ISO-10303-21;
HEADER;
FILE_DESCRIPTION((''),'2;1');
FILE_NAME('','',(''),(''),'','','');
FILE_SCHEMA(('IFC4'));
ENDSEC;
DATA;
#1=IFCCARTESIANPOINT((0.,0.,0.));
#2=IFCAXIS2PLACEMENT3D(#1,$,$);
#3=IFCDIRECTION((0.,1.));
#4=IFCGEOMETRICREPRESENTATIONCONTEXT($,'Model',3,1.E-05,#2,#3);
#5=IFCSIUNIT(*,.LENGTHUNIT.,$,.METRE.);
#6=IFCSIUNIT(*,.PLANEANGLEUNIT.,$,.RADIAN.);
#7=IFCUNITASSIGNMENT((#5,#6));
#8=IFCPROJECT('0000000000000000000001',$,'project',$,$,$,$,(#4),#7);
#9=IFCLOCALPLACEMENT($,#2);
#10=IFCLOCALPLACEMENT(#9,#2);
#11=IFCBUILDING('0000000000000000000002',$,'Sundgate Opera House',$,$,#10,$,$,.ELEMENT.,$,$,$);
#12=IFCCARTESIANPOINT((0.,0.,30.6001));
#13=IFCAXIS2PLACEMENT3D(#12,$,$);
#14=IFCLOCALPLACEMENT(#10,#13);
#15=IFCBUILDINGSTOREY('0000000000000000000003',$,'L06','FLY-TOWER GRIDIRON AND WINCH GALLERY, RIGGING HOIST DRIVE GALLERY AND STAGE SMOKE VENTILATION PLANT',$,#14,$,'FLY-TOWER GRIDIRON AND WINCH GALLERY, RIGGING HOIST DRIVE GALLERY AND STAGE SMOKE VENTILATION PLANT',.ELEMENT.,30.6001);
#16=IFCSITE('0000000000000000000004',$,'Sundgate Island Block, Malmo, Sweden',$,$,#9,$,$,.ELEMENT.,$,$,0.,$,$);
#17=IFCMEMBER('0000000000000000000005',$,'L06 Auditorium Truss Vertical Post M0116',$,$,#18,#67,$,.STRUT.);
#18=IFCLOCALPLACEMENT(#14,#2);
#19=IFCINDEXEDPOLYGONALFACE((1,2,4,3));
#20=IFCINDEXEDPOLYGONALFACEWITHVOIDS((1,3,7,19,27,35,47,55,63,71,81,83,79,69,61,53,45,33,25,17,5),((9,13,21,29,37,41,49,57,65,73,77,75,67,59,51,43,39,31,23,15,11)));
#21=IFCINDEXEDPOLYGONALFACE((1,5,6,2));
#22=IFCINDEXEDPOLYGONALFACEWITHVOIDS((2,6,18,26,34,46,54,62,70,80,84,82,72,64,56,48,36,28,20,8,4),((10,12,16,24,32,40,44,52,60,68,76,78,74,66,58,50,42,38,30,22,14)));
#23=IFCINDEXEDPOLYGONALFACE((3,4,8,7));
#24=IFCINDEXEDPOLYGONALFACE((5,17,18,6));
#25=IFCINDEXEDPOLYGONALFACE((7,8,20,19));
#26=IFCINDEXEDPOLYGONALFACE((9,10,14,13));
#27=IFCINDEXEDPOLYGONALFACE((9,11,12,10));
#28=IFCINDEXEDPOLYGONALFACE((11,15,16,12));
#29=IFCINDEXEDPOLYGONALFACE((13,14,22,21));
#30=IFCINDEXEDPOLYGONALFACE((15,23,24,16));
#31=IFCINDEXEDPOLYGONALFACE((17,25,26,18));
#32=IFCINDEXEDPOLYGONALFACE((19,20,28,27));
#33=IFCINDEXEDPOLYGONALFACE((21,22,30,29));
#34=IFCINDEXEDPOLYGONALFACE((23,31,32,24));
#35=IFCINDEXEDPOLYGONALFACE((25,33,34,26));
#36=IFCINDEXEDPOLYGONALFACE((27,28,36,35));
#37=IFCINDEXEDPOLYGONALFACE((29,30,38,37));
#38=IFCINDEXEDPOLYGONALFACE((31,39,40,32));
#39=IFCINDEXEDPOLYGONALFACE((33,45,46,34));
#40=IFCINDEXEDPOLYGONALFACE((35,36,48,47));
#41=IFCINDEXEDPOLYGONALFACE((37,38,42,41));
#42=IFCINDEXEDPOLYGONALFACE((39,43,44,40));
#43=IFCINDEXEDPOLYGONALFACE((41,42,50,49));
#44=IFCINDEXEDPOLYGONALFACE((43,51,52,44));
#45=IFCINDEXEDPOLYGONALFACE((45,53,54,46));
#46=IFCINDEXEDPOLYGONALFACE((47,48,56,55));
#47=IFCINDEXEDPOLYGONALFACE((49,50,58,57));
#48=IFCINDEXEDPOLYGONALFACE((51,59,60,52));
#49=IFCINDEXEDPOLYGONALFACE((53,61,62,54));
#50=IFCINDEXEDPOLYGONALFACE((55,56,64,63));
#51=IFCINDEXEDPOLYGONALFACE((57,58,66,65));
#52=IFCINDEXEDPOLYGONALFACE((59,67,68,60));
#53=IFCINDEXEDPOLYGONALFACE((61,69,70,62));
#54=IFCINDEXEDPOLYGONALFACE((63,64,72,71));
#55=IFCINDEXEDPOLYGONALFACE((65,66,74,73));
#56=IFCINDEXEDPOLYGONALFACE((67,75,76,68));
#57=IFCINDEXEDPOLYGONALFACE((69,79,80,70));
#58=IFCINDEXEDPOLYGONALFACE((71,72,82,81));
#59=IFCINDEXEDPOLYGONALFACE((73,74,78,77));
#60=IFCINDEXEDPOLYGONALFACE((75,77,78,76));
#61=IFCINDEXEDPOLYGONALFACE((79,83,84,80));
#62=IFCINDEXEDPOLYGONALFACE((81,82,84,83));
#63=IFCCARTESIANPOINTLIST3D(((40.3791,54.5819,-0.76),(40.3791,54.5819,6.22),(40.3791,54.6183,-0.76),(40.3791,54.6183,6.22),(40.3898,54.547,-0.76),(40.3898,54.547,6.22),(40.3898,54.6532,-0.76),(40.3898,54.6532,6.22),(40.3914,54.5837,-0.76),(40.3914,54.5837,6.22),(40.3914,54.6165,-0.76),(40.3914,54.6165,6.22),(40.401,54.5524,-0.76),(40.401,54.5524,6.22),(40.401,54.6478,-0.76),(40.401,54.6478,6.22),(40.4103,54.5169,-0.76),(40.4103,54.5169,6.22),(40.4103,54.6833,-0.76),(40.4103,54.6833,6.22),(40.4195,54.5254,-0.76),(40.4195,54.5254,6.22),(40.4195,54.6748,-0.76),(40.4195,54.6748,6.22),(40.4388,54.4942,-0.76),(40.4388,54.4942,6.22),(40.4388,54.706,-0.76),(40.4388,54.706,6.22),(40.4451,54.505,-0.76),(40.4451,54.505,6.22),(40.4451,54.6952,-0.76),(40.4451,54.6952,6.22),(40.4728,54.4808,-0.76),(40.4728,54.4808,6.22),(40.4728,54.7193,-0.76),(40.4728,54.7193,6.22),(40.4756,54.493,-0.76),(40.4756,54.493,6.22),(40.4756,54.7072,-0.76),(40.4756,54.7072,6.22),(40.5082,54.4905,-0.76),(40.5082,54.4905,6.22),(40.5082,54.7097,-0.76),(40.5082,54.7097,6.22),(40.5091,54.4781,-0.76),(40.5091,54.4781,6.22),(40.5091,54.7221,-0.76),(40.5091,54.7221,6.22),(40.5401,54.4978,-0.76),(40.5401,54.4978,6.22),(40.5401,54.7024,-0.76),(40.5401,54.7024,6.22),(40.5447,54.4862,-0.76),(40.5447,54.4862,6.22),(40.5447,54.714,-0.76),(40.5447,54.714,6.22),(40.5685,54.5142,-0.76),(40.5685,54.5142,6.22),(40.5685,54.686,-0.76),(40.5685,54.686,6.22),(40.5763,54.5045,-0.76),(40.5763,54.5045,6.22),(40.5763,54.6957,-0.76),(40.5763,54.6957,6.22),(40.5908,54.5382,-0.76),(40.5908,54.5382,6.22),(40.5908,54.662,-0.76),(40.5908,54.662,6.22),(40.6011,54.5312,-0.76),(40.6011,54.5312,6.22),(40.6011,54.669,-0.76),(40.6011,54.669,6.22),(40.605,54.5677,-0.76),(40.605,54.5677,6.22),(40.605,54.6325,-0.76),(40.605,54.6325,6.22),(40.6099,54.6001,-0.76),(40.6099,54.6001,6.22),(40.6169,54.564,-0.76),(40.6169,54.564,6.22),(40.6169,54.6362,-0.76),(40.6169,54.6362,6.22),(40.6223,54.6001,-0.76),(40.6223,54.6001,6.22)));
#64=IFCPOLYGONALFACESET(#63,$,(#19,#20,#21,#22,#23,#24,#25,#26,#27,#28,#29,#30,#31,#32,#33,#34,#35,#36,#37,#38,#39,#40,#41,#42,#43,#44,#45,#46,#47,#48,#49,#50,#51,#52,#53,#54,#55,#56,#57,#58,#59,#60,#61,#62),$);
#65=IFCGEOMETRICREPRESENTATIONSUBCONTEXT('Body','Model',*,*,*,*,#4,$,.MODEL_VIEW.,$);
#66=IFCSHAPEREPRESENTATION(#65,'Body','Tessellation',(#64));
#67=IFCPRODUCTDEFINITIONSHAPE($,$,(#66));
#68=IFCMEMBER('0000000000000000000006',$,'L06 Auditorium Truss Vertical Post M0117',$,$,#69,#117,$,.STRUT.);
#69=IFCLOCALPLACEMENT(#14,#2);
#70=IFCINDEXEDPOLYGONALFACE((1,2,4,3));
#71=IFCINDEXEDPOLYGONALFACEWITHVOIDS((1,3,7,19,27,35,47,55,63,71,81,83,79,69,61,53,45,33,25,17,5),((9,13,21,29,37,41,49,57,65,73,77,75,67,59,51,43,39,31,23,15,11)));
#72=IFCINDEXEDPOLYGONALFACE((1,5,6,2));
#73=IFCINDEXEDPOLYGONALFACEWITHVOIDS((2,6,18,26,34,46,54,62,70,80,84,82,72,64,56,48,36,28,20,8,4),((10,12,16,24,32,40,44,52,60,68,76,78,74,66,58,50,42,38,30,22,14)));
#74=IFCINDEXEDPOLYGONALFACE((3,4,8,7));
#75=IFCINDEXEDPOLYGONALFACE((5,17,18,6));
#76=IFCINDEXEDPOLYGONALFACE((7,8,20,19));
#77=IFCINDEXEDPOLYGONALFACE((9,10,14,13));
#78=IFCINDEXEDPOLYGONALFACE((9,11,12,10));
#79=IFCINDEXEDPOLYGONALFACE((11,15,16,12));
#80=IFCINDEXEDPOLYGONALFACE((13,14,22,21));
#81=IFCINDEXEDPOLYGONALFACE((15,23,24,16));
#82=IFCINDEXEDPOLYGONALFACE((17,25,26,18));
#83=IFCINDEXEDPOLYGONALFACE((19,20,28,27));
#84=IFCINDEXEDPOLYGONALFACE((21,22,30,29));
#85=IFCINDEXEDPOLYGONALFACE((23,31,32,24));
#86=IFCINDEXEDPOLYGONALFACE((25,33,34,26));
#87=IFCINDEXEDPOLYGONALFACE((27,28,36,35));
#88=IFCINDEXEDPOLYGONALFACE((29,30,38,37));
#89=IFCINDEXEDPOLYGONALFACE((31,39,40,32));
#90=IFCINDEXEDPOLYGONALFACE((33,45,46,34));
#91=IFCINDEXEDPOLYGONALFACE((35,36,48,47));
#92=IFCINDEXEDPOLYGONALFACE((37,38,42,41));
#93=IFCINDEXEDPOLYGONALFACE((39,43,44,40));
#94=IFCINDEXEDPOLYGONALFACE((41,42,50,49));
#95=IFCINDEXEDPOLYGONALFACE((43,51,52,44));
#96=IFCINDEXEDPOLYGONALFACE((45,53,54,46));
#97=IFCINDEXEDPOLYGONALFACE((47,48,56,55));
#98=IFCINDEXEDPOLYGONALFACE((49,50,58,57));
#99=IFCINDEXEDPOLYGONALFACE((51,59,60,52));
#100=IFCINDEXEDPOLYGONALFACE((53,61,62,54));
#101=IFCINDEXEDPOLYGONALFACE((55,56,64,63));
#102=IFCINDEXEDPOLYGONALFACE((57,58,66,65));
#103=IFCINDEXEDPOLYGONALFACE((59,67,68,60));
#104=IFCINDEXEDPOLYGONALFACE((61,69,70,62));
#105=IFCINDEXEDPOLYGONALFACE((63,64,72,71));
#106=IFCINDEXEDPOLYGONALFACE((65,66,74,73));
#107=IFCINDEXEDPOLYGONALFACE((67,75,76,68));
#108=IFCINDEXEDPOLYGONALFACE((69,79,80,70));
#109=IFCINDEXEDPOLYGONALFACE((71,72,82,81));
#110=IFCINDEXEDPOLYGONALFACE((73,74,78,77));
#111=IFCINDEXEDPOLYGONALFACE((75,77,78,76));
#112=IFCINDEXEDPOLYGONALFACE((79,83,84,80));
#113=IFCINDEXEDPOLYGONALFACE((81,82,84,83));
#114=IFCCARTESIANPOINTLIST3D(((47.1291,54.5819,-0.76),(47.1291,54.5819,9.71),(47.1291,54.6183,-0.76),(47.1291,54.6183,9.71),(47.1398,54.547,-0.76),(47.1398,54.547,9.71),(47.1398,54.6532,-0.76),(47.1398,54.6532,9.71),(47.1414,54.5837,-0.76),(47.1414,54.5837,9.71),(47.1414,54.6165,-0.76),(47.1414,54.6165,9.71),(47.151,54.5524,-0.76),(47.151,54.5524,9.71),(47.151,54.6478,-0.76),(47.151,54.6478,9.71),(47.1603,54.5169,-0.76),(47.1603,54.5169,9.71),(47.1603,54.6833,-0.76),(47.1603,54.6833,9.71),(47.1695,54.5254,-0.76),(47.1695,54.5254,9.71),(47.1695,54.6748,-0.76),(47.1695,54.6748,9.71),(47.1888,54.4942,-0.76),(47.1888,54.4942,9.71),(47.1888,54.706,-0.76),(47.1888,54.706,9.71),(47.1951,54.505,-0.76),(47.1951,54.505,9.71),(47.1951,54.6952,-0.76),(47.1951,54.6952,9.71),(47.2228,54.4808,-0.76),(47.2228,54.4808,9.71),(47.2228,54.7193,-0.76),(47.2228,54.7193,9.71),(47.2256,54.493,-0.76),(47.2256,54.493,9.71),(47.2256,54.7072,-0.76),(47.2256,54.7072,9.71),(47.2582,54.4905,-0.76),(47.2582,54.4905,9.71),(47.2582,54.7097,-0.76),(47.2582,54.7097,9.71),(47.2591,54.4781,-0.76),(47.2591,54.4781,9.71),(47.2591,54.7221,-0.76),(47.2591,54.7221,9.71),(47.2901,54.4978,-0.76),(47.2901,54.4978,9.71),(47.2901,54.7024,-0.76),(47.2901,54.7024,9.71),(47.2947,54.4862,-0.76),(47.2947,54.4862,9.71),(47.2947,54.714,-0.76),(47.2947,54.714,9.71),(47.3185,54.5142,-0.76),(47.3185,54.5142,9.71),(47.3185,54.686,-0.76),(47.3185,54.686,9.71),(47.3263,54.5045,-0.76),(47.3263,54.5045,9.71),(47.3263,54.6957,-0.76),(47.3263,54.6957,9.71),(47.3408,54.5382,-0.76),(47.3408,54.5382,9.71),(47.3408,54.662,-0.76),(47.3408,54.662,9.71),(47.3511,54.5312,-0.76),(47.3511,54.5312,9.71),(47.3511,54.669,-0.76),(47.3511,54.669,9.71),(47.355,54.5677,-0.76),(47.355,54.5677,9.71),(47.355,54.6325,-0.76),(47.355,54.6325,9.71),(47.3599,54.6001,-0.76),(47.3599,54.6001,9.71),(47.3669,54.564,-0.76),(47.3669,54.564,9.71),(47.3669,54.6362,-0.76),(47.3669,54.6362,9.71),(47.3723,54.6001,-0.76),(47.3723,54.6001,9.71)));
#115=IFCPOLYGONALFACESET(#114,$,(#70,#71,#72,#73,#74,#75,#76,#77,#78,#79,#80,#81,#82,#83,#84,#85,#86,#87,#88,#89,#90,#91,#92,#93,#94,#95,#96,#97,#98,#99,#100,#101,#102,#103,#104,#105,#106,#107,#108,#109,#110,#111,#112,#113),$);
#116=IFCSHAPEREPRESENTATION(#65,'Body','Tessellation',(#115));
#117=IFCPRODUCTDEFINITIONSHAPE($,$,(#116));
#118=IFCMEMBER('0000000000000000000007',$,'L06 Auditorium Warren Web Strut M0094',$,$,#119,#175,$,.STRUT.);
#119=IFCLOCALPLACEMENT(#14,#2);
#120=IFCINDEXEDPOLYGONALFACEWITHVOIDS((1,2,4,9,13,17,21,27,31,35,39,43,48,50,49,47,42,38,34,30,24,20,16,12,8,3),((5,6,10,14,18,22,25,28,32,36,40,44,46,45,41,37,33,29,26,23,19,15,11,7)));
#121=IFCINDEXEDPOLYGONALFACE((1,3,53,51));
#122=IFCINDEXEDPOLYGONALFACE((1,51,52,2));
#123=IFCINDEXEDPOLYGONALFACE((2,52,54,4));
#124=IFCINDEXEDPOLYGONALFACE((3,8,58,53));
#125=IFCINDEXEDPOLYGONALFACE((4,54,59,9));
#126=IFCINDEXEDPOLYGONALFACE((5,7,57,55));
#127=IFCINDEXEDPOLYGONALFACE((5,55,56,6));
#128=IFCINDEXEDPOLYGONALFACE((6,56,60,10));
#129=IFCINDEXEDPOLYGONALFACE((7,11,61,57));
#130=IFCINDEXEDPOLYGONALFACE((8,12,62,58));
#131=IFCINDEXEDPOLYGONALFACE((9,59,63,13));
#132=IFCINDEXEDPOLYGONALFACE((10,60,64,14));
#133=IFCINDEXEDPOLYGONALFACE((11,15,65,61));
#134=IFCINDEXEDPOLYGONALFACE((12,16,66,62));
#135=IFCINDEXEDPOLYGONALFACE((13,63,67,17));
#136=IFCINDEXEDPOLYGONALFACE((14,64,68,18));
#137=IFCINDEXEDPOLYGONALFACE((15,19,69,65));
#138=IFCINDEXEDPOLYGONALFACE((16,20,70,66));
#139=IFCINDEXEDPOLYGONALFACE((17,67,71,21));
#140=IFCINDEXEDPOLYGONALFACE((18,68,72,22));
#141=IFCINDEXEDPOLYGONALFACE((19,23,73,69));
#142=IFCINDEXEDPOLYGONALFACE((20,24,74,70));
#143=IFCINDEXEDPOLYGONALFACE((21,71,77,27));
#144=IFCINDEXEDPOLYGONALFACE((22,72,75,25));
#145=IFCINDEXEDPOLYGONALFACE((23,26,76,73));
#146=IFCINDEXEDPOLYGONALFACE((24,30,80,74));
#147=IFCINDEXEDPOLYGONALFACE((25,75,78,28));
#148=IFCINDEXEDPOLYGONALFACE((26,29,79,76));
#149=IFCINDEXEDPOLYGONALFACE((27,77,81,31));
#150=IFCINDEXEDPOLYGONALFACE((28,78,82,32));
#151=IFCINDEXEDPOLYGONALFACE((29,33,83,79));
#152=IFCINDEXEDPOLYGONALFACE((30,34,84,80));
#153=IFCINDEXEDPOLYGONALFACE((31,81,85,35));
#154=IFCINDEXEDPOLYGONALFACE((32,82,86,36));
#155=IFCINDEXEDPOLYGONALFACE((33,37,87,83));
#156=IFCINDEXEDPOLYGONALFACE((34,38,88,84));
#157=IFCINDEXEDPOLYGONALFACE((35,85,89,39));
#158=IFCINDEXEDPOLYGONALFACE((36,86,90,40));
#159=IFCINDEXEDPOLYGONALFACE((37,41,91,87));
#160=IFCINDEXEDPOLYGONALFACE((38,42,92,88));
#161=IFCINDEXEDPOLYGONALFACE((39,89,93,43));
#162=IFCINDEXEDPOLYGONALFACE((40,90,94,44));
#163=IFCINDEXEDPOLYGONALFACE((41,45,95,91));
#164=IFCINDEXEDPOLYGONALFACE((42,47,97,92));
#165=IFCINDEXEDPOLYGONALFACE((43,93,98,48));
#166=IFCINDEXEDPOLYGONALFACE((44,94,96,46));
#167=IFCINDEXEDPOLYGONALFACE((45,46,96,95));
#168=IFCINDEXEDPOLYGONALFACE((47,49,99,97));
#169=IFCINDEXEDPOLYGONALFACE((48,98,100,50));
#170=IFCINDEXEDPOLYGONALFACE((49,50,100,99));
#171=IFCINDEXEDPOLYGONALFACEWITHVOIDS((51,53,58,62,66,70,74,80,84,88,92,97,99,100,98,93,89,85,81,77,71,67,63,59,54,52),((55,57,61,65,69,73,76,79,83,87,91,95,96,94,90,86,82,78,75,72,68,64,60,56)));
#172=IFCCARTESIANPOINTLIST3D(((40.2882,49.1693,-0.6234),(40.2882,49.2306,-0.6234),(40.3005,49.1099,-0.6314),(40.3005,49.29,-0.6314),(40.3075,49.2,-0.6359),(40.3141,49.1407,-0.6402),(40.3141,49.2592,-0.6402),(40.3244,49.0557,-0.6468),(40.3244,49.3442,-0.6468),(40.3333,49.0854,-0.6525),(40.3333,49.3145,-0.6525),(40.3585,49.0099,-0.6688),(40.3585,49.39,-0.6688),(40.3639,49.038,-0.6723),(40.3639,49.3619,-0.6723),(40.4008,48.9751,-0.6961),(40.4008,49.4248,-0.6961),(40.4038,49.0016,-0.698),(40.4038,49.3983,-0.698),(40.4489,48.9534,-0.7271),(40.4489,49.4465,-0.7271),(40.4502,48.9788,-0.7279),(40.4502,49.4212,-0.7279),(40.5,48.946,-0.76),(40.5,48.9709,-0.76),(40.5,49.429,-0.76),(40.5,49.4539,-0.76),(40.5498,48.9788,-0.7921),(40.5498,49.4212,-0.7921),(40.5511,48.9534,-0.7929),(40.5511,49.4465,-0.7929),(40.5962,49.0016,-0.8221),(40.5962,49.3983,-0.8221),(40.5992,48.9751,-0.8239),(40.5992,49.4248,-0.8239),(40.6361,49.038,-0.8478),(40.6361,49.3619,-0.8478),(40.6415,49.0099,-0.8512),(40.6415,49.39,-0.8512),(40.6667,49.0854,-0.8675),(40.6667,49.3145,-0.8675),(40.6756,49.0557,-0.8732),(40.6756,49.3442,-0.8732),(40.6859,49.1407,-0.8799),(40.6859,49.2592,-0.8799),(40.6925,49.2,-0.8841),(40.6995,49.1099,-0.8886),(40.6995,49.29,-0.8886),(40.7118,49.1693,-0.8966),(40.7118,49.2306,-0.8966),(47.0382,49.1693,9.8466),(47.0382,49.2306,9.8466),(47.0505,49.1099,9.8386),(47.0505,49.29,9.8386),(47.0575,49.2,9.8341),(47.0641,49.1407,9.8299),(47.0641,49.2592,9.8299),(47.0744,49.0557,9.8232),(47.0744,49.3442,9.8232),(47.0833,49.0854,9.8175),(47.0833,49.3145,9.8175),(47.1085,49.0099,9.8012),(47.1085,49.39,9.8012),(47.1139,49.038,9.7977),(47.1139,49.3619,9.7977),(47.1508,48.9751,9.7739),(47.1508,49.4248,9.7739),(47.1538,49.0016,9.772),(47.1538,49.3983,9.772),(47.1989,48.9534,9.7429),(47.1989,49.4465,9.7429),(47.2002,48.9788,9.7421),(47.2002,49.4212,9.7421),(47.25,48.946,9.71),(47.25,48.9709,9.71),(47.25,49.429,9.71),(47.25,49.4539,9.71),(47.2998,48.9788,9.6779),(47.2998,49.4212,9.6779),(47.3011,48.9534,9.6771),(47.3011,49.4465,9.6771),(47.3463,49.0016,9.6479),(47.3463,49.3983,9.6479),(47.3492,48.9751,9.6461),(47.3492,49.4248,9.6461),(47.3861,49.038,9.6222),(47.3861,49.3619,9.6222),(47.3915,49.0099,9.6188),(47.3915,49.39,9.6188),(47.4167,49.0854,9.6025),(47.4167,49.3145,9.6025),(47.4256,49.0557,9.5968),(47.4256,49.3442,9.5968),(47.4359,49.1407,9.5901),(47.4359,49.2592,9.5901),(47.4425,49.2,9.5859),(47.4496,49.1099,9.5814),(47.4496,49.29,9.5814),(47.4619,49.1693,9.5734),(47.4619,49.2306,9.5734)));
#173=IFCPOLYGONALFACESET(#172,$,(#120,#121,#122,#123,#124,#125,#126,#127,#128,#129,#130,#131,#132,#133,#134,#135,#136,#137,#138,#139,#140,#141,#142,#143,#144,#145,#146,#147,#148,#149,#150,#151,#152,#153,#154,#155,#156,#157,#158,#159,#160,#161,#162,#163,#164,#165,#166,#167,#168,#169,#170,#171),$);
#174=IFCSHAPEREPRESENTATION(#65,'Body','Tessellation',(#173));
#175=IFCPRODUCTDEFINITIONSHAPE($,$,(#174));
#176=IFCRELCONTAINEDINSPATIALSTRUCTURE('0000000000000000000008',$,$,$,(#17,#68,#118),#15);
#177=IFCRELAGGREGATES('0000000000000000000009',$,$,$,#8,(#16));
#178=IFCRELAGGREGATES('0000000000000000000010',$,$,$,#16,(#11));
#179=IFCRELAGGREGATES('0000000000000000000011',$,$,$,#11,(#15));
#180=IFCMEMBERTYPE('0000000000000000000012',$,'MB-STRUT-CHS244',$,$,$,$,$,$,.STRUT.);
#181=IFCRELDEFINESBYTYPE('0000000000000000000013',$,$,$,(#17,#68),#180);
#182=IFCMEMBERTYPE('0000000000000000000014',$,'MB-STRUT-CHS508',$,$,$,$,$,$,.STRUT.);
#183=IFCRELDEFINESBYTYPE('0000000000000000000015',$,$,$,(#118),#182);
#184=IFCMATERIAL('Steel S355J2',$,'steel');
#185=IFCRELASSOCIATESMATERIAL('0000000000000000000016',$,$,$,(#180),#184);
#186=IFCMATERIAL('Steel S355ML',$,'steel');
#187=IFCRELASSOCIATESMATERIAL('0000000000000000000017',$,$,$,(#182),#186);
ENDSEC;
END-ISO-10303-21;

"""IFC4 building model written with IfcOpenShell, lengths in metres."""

from ifc_helpers import new_model, si_unit, direction, frame, origin, origin_2d, place, context, subcontext, project, spatial, hollow_circle, extrude, material, material_profile, profile_set, type_object, element, save


model = new_model("IFC4")

# Units and contexts
model_context = context("Model", 3, precision=1e-05, world=origin(), true_north=direction((0.0, 1.0)))
body_context = subcontext(model_context, "Body", "Model", "MODEL_VIEW")
ifc_project = project(units=[si_unit("LENGTHUNIT", "METRE"), si_unit("PLANEANGLEUNIT", "RADIAN")], contexts=[model_context])

# Site, building, storey
site_placement = place(None, origin())
site = spatial("IfcSite", under=ifc_project, at=site_placement, Name="Sundgate Island Block, Malmo, Sweden", CompositionType="ELEMENT", RefElevation=0.0)
building_placement = place(site_placement, origin())
building = spatial("IfcBuilding", under=site, at=building_placement, Name="Sundgate Opera House", CompositionType="ELEMENT")
storey_placement = place(building_placement, frame((0.0, 0.0, 30.6001)))
storey = spatial("IfcBuildingStorey", under=building, at=storey_placement, Name="L06", Description="FLY-TOWER GRIDIRON AND WINCH GALLERY, RIGGING HOIST DRIVE GALLERY AND STAGE SMOKE VENTILATION PLANT", LongName="FLY-TOWER GRIDIRON AND WINCH GALLERY, RIGGING HOIST DRIVE GALLERY AND STAGE SMOKE VENTILATION PLANT", CompositionType="ELEMENT", Elevation=30.6001)

# Members
ifc_material_1 = material(Name="Steel S355J2", Category="steel")
ifc_material_profile_1 = material_profile(ifc_material_1, hollow_circle(Radius=0.1223, WallThickness=0.0125, at=origin_2d()), Name="CHS 244.5x12.5")
ifc_profile_set_1 = profile_set([ifc_material_profile_1], Name="Steel S355J2")
member_type_1 = type_object("IfcMemberType", Name="MB-STRUT-CHS244", PredefinedType="STRUT", material=ifc_profile_set_1)
member_1_placement = place(storey_placement, frame((40.5, 54.6001, -0.76), z_axis=(0.0, 0.0, 1.0), x_axis=(1.0, 0.0, 0.0)))
element("IfcMember", 1, at=member_1_placement, inside=storey, type_object=member_type_1, Name="L06 Auditorium Truss Vertical Post M0116", PredefinedType="STRUT", context=body_context, shape_type="SweptSolid", body=[
    extrude(hollow_circle(Radius=0.1223, WallThickness=0.0125, at=origin_2d()), origin(), (0.0, 0.0, 1.0), 6.98),
])
member_2_placement = place(storey_placement, frame((47.25, 54.6001, -0.76), z_axis=(0.0, 0.0, 1.0), x_axis=(1.0, 0.0, 0.0)))
element("IfcMember", 2, at=member_2_placement, inside=storey, type_object=member_type_1, Name="L06 Auditorium Truss Vertical Post M0117", PredefinedType="STRUT", context=body_context, shape_type="SweptSolid", body=[
    extrude(hollow_circle(Radius=0.1223, WallThickness=0.0125, at=origin_2d()), origin(), (0.0, 0.0, 1.0), 10.47),
])
ifc_material_2 = material(Name="Steel S355ML", Category="steel")
ifc_material_profile_2 = material_profile(ifc_material_2, hollow_circle(Radius=0.2539, WallThickness=0.0249, at=origin_2d()), Name="CHS 508x25.0")
ifc_profile_set_2 = profile_set([ifc_material_profile_2], Name="Steel S355ML")
member_type_2 = type_object("IfcMemberType", Name="MB-STRUT-CHS508", PredefinedType="STRUT", material=ifc_profile_set_2)
for number, where, z_axis, x_axis, name in (
    (3, (40.5, 49.2, -0.76), (0.541854, 0.0, 0.840473), (0.0, 1.0, 0.0), "L06 Auditorium Warren Web Strut M0094"),
):
    element("IfcMember", number, at=place(storey_placement, frame(where, z_axis=z_axis, x_axis=x_axis)), inside=storey, type_object=member_type_2, Name=name, PredefinedType="STRUT", context=body_context, shape_type="SweptSolid", body=[
        extrude(hollow_circle(Radius=0.2539, WallThickness=0.0249, at=origin_2d()), origin(), (0.0, 0.0, 1.0), 12.4573),
    ])

save(model, "model.ifc")
